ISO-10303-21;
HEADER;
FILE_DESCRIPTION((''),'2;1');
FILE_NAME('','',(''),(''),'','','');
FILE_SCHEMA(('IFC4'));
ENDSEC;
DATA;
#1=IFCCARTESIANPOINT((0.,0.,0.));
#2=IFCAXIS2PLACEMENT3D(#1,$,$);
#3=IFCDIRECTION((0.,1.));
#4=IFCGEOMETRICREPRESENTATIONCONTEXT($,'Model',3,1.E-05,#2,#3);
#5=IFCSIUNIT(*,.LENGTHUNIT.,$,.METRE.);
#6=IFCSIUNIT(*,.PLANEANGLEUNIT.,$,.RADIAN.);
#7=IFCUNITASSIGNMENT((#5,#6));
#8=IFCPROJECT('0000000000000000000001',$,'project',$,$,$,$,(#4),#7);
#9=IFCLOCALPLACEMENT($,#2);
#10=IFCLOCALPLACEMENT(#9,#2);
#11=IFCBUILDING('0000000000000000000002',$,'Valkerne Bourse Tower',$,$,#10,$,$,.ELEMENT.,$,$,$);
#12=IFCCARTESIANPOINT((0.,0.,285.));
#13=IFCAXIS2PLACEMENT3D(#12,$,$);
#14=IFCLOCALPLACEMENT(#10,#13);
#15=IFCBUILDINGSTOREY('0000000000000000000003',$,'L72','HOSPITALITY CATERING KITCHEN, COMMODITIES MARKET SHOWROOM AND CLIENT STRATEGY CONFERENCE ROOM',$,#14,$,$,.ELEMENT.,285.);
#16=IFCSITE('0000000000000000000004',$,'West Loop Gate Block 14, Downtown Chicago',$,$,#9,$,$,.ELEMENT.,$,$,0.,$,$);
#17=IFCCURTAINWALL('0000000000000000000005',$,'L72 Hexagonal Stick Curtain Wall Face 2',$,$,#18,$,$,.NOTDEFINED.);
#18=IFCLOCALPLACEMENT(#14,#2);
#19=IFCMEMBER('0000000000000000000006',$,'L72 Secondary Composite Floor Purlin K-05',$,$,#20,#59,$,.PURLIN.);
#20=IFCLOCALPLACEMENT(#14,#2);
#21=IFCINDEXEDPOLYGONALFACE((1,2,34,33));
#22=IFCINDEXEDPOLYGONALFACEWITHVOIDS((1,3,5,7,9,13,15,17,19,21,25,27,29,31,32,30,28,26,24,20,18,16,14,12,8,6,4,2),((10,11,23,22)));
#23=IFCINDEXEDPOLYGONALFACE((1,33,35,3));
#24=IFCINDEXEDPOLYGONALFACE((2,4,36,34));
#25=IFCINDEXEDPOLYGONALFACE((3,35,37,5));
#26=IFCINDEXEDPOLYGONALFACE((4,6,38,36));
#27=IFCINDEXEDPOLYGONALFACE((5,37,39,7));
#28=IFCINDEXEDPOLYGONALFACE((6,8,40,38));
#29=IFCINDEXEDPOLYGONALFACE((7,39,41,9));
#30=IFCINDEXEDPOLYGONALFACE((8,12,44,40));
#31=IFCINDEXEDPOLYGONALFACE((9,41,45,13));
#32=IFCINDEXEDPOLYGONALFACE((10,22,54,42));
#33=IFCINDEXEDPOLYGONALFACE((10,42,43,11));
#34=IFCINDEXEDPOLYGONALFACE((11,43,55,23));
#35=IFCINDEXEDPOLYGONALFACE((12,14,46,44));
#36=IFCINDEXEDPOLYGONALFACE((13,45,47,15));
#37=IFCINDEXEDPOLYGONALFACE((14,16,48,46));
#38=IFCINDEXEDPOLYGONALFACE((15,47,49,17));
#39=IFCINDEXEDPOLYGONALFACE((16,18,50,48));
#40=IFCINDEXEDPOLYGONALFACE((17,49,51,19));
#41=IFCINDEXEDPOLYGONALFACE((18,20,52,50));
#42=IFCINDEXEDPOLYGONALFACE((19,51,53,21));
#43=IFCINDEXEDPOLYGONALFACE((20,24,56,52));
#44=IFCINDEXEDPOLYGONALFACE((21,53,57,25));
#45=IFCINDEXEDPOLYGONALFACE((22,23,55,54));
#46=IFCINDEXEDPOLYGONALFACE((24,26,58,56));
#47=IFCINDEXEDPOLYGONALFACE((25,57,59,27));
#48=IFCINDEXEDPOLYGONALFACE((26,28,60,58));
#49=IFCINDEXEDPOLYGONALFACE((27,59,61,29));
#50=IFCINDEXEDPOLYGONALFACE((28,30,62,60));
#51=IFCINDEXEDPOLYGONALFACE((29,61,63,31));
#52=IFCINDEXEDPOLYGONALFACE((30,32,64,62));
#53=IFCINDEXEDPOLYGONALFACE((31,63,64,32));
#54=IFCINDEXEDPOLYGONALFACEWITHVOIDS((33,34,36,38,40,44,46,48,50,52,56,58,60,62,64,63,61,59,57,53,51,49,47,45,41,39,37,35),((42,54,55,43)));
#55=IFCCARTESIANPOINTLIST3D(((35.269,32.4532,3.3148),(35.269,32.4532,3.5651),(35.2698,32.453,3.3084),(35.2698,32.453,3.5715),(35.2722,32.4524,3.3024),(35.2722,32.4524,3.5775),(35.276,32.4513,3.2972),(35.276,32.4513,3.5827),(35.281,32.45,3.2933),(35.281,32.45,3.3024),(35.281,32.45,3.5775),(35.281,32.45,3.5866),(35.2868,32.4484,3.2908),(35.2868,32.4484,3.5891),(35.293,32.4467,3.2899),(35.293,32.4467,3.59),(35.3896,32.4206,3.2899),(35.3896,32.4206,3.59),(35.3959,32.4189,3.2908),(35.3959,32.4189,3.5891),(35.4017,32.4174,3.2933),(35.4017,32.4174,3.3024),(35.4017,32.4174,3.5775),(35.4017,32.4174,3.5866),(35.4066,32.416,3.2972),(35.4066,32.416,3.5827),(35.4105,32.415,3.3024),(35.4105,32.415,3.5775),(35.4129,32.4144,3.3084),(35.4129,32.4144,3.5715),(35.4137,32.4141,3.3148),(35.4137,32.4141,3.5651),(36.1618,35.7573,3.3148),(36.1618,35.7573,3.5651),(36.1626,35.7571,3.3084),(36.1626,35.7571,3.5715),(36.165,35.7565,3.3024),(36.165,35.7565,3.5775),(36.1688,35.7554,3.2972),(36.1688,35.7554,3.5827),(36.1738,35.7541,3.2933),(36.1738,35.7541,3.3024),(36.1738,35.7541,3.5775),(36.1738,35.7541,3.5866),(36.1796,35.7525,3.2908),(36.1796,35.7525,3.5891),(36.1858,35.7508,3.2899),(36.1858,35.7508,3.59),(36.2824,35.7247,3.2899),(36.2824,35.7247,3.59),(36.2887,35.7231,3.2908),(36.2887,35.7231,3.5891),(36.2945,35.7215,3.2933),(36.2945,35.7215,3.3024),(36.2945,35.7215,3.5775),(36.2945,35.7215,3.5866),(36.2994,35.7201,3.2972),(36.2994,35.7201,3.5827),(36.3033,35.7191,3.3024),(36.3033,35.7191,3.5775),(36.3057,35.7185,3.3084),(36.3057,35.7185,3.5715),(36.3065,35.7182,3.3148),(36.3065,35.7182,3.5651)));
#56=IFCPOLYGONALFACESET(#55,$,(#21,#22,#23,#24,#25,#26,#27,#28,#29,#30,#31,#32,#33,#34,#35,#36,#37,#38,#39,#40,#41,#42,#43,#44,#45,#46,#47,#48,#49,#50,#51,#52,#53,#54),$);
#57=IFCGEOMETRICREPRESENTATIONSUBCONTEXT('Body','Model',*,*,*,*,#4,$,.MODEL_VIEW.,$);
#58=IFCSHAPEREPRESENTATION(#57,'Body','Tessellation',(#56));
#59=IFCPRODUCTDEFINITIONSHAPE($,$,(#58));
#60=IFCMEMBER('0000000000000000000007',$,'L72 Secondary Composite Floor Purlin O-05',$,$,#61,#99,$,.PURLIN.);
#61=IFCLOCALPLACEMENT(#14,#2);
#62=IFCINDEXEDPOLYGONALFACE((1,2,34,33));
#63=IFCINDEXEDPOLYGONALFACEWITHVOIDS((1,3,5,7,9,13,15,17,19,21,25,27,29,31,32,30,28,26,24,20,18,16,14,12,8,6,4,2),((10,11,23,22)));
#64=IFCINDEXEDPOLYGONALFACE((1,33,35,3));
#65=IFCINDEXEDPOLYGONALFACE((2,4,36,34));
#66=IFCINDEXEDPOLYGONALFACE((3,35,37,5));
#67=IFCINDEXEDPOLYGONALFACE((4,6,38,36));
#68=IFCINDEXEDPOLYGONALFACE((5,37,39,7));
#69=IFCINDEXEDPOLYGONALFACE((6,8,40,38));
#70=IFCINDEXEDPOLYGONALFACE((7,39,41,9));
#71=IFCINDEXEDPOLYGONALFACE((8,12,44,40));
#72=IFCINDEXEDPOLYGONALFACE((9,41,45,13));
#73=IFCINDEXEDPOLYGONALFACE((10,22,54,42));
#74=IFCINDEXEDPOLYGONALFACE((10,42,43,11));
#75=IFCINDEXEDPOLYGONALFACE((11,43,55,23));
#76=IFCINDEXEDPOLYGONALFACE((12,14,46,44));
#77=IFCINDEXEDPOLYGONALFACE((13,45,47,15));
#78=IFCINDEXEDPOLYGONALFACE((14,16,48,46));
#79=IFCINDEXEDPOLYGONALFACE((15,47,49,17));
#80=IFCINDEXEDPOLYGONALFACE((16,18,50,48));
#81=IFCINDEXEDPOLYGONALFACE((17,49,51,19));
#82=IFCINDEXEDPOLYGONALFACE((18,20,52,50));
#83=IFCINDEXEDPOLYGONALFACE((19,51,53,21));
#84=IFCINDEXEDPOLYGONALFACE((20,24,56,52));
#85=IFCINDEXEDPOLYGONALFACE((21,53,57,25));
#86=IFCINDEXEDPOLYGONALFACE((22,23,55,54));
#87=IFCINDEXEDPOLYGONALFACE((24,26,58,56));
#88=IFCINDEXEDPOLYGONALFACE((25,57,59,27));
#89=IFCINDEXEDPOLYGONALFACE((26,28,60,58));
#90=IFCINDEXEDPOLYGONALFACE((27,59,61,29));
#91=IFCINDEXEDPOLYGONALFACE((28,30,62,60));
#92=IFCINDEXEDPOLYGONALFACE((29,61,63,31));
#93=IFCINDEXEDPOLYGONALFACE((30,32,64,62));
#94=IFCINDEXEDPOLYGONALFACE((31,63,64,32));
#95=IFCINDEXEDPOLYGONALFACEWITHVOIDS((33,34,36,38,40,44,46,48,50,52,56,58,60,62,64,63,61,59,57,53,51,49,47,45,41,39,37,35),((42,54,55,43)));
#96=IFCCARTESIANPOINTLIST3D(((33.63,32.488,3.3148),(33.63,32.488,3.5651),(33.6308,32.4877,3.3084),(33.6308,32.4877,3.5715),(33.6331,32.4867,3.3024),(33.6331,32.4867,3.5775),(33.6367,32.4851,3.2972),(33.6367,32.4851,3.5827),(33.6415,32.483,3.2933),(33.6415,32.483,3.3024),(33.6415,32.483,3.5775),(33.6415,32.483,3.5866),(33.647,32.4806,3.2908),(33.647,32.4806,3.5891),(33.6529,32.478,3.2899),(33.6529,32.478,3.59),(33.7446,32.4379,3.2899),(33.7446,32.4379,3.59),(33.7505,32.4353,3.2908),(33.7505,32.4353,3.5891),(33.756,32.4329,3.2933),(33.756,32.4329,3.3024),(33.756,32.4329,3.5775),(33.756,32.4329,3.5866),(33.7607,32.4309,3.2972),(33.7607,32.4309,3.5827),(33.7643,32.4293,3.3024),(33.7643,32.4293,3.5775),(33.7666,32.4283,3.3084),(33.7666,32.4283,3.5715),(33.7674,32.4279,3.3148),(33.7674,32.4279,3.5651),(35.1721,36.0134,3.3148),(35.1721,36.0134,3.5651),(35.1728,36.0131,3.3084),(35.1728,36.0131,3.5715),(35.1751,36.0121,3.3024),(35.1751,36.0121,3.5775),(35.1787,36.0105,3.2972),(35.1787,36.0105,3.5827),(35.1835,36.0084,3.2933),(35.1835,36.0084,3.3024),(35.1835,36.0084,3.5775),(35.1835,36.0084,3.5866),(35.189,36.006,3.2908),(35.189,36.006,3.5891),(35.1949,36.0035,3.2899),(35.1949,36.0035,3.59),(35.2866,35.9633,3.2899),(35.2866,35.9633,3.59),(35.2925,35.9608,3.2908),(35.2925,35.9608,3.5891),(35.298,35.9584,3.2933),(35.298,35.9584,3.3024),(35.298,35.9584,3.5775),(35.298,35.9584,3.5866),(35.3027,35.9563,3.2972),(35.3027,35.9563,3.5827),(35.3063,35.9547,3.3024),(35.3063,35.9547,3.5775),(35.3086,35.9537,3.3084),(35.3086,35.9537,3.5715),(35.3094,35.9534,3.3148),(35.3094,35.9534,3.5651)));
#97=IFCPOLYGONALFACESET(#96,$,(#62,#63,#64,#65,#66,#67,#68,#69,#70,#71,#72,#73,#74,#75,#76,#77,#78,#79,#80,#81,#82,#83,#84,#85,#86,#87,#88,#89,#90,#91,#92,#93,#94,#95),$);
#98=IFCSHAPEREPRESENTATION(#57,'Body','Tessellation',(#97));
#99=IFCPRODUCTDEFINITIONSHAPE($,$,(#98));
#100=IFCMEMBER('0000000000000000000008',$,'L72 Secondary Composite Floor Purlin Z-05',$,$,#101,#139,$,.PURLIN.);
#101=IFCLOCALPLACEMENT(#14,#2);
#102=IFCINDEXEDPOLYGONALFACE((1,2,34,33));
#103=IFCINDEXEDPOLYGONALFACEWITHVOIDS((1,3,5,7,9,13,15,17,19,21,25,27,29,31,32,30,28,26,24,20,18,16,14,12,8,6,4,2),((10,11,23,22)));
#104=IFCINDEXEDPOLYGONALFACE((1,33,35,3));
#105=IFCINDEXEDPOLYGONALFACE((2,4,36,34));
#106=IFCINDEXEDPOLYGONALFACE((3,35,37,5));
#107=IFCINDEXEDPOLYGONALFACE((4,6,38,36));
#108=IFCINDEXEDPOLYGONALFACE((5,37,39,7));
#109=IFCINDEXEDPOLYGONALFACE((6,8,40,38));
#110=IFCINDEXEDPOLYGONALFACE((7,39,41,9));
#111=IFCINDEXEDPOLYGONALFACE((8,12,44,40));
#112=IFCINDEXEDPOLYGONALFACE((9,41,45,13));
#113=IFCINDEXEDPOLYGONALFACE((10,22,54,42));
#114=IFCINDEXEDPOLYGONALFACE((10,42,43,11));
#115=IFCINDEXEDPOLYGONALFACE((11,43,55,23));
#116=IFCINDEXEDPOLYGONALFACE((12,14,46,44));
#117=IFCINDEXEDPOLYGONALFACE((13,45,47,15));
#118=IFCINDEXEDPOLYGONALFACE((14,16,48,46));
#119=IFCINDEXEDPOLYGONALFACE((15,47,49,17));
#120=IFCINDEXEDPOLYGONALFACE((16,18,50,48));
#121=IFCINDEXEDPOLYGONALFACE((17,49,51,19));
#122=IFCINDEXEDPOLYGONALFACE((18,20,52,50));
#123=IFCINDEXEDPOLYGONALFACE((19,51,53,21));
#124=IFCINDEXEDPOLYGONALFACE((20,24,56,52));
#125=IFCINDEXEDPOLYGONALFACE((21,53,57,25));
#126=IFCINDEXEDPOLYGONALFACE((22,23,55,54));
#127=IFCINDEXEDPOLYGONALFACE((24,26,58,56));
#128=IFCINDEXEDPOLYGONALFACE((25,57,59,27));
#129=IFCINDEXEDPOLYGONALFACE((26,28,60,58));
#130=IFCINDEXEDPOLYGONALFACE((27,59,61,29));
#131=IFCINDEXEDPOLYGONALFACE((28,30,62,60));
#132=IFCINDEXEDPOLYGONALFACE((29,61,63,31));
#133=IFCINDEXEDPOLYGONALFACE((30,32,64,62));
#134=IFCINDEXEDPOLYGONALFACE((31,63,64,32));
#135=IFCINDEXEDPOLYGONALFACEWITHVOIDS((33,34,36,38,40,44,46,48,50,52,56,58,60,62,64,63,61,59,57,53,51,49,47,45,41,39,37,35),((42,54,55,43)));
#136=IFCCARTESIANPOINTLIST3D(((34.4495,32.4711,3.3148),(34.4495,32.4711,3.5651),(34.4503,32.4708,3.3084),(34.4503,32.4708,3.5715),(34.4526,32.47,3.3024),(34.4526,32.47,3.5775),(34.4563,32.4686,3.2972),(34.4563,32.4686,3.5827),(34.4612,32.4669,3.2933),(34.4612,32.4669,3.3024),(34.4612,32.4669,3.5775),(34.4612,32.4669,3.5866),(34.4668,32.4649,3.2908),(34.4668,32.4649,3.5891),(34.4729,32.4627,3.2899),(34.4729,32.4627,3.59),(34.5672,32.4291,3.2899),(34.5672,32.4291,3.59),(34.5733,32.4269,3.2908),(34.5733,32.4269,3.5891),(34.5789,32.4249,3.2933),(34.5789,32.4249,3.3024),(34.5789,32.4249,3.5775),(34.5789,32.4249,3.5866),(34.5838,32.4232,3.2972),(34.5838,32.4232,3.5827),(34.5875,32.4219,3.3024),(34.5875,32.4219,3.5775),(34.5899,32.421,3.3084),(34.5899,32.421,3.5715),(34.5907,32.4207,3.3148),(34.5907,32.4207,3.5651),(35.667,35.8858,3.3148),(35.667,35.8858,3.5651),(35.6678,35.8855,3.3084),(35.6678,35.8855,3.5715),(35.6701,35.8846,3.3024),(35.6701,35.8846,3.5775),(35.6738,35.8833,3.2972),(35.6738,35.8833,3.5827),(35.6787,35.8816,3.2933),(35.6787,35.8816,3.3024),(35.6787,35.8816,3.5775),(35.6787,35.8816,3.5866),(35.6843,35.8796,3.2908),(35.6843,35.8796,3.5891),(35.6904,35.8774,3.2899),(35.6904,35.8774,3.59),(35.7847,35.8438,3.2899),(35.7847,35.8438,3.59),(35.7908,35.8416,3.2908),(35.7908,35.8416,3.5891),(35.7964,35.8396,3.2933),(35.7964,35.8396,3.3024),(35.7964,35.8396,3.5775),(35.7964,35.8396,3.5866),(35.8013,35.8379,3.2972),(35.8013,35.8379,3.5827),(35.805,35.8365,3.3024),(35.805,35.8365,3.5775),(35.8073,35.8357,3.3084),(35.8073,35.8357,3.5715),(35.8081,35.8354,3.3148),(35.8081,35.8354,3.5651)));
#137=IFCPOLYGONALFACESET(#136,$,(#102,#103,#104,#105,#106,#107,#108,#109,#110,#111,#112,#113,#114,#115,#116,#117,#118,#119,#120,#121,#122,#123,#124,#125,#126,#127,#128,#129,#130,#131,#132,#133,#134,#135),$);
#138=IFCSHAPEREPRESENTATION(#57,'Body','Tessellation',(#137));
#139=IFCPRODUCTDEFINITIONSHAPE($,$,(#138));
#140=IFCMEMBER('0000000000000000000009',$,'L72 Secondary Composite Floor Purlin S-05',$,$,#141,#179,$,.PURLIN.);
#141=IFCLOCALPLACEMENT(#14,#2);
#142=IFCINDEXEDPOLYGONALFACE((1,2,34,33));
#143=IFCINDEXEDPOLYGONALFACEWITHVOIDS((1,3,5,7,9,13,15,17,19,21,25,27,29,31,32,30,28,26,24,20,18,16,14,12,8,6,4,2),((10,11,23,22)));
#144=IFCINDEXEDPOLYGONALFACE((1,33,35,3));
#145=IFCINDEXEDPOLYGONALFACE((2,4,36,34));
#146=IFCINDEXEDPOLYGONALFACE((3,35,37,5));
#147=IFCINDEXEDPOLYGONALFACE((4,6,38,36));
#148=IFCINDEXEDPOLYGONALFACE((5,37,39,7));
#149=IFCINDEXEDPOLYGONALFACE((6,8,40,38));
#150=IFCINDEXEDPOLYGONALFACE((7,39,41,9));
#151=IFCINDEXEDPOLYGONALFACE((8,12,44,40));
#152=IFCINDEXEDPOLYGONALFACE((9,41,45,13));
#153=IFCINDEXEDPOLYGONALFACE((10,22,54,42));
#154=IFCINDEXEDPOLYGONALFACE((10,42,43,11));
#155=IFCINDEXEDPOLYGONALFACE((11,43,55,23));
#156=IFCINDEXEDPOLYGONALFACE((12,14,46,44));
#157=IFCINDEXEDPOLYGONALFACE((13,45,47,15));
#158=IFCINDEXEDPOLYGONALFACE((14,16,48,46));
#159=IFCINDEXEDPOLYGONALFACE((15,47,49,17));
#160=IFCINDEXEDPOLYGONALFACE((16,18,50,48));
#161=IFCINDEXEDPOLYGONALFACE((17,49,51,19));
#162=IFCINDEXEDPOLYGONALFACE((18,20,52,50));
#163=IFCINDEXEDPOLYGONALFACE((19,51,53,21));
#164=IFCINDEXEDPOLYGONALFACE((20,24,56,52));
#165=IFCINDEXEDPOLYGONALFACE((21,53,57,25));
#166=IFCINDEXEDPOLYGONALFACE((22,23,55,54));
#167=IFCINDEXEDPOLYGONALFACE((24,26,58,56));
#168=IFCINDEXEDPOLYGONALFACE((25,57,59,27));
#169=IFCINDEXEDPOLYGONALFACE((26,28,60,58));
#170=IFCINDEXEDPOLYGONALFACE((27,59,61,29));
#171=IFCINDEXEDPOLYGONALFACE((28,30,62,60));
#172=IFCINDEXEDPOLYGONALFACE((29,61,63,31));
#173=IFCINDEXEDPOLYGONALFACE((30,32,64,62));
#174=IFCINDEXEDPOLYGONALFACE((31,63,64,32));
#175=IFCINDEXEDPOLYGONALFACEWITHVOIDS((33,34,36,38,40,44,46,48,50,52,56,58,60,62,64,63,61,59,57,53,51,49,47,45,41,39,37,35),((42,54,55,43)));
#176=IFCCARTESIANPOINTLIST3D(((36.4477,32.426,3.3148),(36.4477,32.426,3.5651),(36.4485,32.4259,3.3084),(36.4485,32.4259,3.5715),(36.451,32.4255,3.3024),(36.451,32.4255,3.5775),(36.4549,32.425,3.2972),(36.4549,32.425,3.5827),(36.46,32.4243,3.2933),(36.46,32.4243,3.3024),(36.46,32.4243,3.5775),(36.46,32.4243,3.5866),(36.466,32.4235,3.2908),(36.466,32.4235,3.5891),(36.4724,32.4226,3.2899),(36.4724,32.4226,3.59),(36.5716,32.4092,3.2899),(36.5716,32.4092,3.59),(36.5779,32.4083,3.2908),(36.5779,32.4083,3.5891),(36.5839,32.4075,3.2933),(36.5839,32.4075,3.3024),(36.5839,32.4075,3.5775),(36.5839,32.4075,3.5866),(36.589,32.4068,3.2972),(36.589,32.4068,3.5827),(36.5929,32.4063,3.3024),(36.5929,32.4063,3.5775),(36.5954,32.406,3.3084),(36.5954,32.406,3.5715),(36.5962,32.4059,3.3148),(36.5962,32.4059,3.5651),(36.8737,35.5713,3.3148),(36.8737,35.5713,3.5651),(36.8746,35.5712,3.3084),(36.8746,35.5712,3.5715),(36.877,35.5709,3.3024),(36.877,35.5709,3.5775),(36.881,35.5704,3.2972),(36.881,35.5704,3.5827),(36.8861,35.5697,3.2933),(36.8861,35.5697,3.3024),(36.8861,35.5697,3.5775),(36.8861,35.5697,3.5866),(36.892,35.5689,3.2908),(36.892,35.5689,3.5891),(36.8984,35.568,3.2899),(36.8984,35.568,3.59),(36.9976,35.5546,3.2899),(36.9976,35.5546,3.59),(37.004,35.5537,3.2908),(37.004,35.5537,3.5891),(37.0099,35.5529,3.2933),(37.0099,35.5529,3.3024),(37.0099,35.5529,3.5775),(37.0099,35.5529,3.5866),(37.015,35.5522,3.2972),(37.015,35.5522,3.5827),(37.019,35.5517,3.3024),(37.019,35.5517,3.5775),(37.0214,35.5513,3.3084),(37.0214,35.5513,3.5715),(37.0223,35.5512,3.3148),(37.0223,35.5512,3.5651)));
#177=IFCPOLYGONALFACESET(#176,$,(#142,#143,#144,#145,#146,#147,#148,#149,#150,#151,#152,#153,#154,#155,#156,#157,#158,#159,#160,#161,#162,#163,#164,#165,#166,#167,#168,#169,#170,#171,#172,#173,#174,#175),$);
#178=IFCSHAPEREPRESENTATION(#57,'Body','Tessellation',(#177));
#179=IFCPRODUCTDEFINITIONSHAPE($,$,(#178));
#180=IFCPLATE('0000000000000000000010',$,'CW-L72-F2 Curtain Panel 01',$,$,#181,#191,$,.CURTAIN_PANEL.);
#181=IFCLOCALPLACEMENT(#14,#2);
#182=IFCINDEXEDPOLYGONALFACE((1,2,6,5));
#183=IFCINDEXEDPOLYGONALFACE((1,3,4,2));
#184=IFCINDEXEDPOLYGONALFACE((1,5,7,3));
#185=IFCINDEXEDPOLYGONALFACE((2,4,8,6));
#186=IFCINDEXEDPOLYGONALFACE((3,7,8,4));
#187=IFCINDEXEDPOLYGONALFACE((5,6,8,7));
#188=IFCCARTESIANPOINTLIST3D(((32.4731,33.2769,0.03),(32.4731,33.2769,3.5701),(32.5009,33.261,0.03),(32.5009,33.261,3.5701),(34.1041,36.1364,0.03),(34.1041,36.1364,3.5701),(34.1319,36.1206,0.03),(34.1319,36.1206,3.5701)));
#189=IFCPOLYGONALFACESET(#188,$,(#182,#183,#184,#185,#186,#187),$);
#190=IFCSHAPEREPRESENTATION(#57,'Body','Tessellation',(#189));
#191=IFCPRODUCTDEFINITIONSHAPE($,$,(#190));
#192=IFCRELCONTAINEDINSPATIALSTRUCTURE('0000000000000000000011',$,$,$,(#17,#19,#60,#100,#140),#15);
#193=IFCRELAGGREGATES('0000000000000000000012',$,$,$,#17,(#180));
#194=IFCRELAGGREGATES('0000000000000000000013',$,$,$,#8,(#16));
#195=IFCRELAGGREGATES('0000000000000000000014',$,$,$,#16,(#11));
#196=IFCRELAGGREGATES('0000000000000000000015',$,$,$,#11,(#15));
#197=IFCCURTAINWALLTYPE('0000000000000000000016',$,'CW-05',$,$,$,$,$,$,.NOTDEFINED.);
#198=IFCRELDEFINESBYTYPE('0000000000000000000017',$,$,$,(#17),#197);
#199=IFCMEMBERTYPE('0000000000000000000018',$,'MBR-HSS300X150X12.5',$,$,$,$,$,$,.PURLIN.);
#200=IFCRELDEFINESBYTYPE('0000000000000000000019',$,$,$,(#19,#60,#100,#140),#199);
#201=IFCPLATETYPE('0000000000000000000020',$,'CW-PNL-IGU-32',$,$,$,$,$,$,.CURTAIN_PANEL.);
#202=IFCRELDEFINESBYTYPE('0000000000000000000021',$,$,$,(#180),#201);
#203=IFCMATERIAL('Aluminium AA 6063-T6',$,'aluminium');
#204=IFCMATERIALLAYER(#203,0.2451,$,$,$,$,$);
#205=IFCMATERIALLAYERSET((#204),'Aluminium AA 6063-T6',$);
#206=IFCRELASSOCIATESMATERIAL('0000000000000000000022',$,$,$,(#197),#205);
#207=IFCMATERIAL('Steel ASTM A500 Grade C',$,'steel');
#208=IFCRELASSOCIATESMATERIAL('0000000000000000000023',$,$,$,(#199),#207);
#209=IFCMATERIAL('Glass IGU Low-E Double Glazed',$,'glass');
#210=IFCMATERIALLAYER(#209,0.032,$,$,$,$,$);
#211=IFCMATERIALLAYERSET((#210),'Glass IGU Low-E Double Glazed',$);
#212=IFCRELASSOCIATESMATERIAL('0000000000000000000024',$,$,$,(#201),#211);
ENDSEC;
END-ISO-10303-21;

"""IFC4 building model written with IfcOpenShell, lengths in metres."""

from ifc_helpers import new_model, si_unit, direction, frame, origin, origin_2d, place, context, subcontext, project, spatial, rectangle, hollow_rectangle, extrude, material, layer, layer_set, material_profile, profile_set, type_object, element, aggregate, save


model = new_model("IFC4")

# Units and contexts
model_context = context("Model", 3, precision=1e-05, world=origin(), true_north=direction((0.0, 1.0)))
body_context = subcontext(model_context, "Body", "Model", "MODEL_VIEW")
ifc_project = project(units=[si_unit("LENGTHUNIT", "METRE"), si_unit("PLANEANGLEUNIT", "RADIAN")], contexts=[model_context])

# Site, building, storey
site_placement = place(None, origin())
site = spatial("IfcSite", under=ifc_project, at=site_placement, Name="West Loop Gate Block 14, Downtown Chicago", CompositionType="ELEMENT", RefElevation=0.0)
building_placement = place(site_placement, origin())
building = spatial("IfcBuilding", under=site, at=building_placement, Name="Valkerne Bourse Tower", CompositionType="ELEMENT")
storey_placement = place(building_placement, frame((0.0, 0.0, 285.0)))
storey = spatial("IfcBuildingStorey", under=building, at=storey_placement, Name="L72", Description="HOSPITALITY CATERING KITCHEN, COMMODITIES MARKET SHOWROOM AND CLIENT STRATEGY CONFERENCE ROOM", CompositionType="ELEMENT", Elevation=285.0)

# Curtain wall
ifc_material_1 = material(Name="Aluminium AA 6063-T6", Category="aluminium")
ifc_layer_1 = layer(ifc_material_1, 0.2451)
ifc_layer_set_1 = layer_set([ifc_layer_1], Name="Aluminium AA 6063-T6")
curtain_wall_type = type_object("IfcCurtainWallType", Name="CW-05", PredefinedType="NOTDEFINED", material=ifc_layer_set_1)
curtain_wall_placement = place(storey_placement, origin())
curtain_wall = element("IfcCurtainWall", 1, at=curtain_wall_placement, inside=storey, type_object=curtain_wall_type, Name="L72 Hexagonal Stick Curtain Wall Face 2", PredefinedType="NOTDEFINED")

# Members
ifc_material_2 = material(Name="Steel ASTM A500 Grade C", Category="steel")
ifc_material_profile_1 = material_profile(ifc_material_2, hollow_rectangle(XDim=0.1499, YDim=0.3, WallThickness=0.0125, OuterFilletRadius=0.0249, at=origin_2d()), Name="HSS300X150X12.5")
ifc_profile_set_1 = profile_set([ifc_material_profile_1], Name="Steel ASTM A500 Grade C")
member_type_1 = type_object("IfcMemberType", Name="MBR-HSS300X150X12.5", PredefinedType="PURLIN", material=ifc_profile_set_1)
member_1_placement = place(storey_placement, frame((36.2341, 35.7378, 3.4399), z_axis=(-0.260853, -0.965378, 0.0), x_axis=(0.965378, -0.260853, 0.0)))
element("IfcMember", 2, at=member_1_placement, inside=storey, type_object=member_type_1, Name="L72 Secondary Composite Floor Purlin K-05", PredefinedType="PURLIN", context=body_context, shape_type="SweptSolid", body=[
    extrude(hollow_rectangle(XDim=0.1499, YDim=0.3, WallThickness=0.0125, OuterFilletRadius=0.0249, at=origin_2d()), origin(), (0.0, 0.0, 1.0), 3.4226),
])
member_2_placement = place(storey_placement, frame((35.2407, 35.9834, 3.4399), z_axis=(-0.400739, -0.916192, 0.0), x_axis=(0.916192, -0.400739, 0.0)))
element("IfcMember", 3, at=member_2_placement, inside=storey, type_object=member_type_1, Name="L72 Secondary Composite Floor Purlin O-05", PredefinedType="PURLIN", context=body_context, shape_type="SweptSolid", body=[
    extrude(hollow_rectangle(XDim=0.1499, YDim=0.3, WallThickness=0.0125, OuterFilletRadius=0.0249, at=origin_2d()), origin(), (0.0, 0.0, 1.0), 3.8479),
])
member_3_placement = place(storey_placement, frame((35.7375, 35.8606, 3.4399), z_axis=(-0.335837, -0.94192, 0.0), x_axis=(0.94192, -0.335837, 0.0)))
element("IfcMember", 4, at=member_3_placement, inside=storey, type_object=member_type_1, Name="L72 Secondary Composite Floor Purlin Z-05", PredefinedType="PURLIN", context=body_context, shape_type="SweptSolid", body=[
    extrude(hollow_rectangle(XDim=0.1499, YDim=0.3, WallThickness=0.0125, OuterFilletRadius=0.0249, at=origin_2d()), origin(), (0.0, 0.0, 1.0), 3.6252),
])
member_4_placement = place(storey_placement, frame((36.948, 35.5613, 3.4399), z_axis=(-0.134224, -0.990951, 0.0), x_axis=(0.990951, -0.134224, 0.0)))
element("IfcMember", 5, at=member_4_placement, inside=storey, type_object=member_type_1, Name="L72 Secondary Composite Floor Purlin S-05", PredefinedType="PURLIN", context=body_context, shape_type="SweptSolid", body=[
    extrude(hollow_rectangle(XDim=0.1499, YDim=0.3, WallThickness=0.0125, OuterFilletRadius=0.0249, at=origin_2d()), origin(), (0.0, 0.0, 1.0), 3.1741),
])

# Plate
ifc_material_3 = material(Name="Glass IGU Low-E Double Glazed", Category="glass")
ifc_layer_2 = layer(ifc_material_3, 0.032)
ifc_layer_set_2 = layer_set([ifc_layer_2], Name="Glass IGU Low-E Double Glazed")
plate_type = type_object("IfcPlateType", Name="CW-PNL-IGU-32", PredefinedType="CURTAIN_PANEL", material=ifc_layer_set_2)
plate_1_placement = place(storey_placement, frame((33.3025, 34.6987, 0.03), z_axis=(0.0, 0.0, 1.0), x_axis=(-0.495443, -0.86864, 0.0)))
plate_1 = element("IfcPlate", 6, at=plate_1_placement, type_object=plate_type, Name="CW-L72-F2 Curtain Panel 01", PredefinedType="CURTAIN_PANEL", context=body_context, shape_type="SweptSolid", body=[
    extrude(rectangle(XDim=3.292, YDim=0.032, at=origin_2d()), origin(), (0.0, 0.0, 1.0), 3.54),
])
aggregate(curtain_wall, [plate_1])

save(model, "model.ifc")
